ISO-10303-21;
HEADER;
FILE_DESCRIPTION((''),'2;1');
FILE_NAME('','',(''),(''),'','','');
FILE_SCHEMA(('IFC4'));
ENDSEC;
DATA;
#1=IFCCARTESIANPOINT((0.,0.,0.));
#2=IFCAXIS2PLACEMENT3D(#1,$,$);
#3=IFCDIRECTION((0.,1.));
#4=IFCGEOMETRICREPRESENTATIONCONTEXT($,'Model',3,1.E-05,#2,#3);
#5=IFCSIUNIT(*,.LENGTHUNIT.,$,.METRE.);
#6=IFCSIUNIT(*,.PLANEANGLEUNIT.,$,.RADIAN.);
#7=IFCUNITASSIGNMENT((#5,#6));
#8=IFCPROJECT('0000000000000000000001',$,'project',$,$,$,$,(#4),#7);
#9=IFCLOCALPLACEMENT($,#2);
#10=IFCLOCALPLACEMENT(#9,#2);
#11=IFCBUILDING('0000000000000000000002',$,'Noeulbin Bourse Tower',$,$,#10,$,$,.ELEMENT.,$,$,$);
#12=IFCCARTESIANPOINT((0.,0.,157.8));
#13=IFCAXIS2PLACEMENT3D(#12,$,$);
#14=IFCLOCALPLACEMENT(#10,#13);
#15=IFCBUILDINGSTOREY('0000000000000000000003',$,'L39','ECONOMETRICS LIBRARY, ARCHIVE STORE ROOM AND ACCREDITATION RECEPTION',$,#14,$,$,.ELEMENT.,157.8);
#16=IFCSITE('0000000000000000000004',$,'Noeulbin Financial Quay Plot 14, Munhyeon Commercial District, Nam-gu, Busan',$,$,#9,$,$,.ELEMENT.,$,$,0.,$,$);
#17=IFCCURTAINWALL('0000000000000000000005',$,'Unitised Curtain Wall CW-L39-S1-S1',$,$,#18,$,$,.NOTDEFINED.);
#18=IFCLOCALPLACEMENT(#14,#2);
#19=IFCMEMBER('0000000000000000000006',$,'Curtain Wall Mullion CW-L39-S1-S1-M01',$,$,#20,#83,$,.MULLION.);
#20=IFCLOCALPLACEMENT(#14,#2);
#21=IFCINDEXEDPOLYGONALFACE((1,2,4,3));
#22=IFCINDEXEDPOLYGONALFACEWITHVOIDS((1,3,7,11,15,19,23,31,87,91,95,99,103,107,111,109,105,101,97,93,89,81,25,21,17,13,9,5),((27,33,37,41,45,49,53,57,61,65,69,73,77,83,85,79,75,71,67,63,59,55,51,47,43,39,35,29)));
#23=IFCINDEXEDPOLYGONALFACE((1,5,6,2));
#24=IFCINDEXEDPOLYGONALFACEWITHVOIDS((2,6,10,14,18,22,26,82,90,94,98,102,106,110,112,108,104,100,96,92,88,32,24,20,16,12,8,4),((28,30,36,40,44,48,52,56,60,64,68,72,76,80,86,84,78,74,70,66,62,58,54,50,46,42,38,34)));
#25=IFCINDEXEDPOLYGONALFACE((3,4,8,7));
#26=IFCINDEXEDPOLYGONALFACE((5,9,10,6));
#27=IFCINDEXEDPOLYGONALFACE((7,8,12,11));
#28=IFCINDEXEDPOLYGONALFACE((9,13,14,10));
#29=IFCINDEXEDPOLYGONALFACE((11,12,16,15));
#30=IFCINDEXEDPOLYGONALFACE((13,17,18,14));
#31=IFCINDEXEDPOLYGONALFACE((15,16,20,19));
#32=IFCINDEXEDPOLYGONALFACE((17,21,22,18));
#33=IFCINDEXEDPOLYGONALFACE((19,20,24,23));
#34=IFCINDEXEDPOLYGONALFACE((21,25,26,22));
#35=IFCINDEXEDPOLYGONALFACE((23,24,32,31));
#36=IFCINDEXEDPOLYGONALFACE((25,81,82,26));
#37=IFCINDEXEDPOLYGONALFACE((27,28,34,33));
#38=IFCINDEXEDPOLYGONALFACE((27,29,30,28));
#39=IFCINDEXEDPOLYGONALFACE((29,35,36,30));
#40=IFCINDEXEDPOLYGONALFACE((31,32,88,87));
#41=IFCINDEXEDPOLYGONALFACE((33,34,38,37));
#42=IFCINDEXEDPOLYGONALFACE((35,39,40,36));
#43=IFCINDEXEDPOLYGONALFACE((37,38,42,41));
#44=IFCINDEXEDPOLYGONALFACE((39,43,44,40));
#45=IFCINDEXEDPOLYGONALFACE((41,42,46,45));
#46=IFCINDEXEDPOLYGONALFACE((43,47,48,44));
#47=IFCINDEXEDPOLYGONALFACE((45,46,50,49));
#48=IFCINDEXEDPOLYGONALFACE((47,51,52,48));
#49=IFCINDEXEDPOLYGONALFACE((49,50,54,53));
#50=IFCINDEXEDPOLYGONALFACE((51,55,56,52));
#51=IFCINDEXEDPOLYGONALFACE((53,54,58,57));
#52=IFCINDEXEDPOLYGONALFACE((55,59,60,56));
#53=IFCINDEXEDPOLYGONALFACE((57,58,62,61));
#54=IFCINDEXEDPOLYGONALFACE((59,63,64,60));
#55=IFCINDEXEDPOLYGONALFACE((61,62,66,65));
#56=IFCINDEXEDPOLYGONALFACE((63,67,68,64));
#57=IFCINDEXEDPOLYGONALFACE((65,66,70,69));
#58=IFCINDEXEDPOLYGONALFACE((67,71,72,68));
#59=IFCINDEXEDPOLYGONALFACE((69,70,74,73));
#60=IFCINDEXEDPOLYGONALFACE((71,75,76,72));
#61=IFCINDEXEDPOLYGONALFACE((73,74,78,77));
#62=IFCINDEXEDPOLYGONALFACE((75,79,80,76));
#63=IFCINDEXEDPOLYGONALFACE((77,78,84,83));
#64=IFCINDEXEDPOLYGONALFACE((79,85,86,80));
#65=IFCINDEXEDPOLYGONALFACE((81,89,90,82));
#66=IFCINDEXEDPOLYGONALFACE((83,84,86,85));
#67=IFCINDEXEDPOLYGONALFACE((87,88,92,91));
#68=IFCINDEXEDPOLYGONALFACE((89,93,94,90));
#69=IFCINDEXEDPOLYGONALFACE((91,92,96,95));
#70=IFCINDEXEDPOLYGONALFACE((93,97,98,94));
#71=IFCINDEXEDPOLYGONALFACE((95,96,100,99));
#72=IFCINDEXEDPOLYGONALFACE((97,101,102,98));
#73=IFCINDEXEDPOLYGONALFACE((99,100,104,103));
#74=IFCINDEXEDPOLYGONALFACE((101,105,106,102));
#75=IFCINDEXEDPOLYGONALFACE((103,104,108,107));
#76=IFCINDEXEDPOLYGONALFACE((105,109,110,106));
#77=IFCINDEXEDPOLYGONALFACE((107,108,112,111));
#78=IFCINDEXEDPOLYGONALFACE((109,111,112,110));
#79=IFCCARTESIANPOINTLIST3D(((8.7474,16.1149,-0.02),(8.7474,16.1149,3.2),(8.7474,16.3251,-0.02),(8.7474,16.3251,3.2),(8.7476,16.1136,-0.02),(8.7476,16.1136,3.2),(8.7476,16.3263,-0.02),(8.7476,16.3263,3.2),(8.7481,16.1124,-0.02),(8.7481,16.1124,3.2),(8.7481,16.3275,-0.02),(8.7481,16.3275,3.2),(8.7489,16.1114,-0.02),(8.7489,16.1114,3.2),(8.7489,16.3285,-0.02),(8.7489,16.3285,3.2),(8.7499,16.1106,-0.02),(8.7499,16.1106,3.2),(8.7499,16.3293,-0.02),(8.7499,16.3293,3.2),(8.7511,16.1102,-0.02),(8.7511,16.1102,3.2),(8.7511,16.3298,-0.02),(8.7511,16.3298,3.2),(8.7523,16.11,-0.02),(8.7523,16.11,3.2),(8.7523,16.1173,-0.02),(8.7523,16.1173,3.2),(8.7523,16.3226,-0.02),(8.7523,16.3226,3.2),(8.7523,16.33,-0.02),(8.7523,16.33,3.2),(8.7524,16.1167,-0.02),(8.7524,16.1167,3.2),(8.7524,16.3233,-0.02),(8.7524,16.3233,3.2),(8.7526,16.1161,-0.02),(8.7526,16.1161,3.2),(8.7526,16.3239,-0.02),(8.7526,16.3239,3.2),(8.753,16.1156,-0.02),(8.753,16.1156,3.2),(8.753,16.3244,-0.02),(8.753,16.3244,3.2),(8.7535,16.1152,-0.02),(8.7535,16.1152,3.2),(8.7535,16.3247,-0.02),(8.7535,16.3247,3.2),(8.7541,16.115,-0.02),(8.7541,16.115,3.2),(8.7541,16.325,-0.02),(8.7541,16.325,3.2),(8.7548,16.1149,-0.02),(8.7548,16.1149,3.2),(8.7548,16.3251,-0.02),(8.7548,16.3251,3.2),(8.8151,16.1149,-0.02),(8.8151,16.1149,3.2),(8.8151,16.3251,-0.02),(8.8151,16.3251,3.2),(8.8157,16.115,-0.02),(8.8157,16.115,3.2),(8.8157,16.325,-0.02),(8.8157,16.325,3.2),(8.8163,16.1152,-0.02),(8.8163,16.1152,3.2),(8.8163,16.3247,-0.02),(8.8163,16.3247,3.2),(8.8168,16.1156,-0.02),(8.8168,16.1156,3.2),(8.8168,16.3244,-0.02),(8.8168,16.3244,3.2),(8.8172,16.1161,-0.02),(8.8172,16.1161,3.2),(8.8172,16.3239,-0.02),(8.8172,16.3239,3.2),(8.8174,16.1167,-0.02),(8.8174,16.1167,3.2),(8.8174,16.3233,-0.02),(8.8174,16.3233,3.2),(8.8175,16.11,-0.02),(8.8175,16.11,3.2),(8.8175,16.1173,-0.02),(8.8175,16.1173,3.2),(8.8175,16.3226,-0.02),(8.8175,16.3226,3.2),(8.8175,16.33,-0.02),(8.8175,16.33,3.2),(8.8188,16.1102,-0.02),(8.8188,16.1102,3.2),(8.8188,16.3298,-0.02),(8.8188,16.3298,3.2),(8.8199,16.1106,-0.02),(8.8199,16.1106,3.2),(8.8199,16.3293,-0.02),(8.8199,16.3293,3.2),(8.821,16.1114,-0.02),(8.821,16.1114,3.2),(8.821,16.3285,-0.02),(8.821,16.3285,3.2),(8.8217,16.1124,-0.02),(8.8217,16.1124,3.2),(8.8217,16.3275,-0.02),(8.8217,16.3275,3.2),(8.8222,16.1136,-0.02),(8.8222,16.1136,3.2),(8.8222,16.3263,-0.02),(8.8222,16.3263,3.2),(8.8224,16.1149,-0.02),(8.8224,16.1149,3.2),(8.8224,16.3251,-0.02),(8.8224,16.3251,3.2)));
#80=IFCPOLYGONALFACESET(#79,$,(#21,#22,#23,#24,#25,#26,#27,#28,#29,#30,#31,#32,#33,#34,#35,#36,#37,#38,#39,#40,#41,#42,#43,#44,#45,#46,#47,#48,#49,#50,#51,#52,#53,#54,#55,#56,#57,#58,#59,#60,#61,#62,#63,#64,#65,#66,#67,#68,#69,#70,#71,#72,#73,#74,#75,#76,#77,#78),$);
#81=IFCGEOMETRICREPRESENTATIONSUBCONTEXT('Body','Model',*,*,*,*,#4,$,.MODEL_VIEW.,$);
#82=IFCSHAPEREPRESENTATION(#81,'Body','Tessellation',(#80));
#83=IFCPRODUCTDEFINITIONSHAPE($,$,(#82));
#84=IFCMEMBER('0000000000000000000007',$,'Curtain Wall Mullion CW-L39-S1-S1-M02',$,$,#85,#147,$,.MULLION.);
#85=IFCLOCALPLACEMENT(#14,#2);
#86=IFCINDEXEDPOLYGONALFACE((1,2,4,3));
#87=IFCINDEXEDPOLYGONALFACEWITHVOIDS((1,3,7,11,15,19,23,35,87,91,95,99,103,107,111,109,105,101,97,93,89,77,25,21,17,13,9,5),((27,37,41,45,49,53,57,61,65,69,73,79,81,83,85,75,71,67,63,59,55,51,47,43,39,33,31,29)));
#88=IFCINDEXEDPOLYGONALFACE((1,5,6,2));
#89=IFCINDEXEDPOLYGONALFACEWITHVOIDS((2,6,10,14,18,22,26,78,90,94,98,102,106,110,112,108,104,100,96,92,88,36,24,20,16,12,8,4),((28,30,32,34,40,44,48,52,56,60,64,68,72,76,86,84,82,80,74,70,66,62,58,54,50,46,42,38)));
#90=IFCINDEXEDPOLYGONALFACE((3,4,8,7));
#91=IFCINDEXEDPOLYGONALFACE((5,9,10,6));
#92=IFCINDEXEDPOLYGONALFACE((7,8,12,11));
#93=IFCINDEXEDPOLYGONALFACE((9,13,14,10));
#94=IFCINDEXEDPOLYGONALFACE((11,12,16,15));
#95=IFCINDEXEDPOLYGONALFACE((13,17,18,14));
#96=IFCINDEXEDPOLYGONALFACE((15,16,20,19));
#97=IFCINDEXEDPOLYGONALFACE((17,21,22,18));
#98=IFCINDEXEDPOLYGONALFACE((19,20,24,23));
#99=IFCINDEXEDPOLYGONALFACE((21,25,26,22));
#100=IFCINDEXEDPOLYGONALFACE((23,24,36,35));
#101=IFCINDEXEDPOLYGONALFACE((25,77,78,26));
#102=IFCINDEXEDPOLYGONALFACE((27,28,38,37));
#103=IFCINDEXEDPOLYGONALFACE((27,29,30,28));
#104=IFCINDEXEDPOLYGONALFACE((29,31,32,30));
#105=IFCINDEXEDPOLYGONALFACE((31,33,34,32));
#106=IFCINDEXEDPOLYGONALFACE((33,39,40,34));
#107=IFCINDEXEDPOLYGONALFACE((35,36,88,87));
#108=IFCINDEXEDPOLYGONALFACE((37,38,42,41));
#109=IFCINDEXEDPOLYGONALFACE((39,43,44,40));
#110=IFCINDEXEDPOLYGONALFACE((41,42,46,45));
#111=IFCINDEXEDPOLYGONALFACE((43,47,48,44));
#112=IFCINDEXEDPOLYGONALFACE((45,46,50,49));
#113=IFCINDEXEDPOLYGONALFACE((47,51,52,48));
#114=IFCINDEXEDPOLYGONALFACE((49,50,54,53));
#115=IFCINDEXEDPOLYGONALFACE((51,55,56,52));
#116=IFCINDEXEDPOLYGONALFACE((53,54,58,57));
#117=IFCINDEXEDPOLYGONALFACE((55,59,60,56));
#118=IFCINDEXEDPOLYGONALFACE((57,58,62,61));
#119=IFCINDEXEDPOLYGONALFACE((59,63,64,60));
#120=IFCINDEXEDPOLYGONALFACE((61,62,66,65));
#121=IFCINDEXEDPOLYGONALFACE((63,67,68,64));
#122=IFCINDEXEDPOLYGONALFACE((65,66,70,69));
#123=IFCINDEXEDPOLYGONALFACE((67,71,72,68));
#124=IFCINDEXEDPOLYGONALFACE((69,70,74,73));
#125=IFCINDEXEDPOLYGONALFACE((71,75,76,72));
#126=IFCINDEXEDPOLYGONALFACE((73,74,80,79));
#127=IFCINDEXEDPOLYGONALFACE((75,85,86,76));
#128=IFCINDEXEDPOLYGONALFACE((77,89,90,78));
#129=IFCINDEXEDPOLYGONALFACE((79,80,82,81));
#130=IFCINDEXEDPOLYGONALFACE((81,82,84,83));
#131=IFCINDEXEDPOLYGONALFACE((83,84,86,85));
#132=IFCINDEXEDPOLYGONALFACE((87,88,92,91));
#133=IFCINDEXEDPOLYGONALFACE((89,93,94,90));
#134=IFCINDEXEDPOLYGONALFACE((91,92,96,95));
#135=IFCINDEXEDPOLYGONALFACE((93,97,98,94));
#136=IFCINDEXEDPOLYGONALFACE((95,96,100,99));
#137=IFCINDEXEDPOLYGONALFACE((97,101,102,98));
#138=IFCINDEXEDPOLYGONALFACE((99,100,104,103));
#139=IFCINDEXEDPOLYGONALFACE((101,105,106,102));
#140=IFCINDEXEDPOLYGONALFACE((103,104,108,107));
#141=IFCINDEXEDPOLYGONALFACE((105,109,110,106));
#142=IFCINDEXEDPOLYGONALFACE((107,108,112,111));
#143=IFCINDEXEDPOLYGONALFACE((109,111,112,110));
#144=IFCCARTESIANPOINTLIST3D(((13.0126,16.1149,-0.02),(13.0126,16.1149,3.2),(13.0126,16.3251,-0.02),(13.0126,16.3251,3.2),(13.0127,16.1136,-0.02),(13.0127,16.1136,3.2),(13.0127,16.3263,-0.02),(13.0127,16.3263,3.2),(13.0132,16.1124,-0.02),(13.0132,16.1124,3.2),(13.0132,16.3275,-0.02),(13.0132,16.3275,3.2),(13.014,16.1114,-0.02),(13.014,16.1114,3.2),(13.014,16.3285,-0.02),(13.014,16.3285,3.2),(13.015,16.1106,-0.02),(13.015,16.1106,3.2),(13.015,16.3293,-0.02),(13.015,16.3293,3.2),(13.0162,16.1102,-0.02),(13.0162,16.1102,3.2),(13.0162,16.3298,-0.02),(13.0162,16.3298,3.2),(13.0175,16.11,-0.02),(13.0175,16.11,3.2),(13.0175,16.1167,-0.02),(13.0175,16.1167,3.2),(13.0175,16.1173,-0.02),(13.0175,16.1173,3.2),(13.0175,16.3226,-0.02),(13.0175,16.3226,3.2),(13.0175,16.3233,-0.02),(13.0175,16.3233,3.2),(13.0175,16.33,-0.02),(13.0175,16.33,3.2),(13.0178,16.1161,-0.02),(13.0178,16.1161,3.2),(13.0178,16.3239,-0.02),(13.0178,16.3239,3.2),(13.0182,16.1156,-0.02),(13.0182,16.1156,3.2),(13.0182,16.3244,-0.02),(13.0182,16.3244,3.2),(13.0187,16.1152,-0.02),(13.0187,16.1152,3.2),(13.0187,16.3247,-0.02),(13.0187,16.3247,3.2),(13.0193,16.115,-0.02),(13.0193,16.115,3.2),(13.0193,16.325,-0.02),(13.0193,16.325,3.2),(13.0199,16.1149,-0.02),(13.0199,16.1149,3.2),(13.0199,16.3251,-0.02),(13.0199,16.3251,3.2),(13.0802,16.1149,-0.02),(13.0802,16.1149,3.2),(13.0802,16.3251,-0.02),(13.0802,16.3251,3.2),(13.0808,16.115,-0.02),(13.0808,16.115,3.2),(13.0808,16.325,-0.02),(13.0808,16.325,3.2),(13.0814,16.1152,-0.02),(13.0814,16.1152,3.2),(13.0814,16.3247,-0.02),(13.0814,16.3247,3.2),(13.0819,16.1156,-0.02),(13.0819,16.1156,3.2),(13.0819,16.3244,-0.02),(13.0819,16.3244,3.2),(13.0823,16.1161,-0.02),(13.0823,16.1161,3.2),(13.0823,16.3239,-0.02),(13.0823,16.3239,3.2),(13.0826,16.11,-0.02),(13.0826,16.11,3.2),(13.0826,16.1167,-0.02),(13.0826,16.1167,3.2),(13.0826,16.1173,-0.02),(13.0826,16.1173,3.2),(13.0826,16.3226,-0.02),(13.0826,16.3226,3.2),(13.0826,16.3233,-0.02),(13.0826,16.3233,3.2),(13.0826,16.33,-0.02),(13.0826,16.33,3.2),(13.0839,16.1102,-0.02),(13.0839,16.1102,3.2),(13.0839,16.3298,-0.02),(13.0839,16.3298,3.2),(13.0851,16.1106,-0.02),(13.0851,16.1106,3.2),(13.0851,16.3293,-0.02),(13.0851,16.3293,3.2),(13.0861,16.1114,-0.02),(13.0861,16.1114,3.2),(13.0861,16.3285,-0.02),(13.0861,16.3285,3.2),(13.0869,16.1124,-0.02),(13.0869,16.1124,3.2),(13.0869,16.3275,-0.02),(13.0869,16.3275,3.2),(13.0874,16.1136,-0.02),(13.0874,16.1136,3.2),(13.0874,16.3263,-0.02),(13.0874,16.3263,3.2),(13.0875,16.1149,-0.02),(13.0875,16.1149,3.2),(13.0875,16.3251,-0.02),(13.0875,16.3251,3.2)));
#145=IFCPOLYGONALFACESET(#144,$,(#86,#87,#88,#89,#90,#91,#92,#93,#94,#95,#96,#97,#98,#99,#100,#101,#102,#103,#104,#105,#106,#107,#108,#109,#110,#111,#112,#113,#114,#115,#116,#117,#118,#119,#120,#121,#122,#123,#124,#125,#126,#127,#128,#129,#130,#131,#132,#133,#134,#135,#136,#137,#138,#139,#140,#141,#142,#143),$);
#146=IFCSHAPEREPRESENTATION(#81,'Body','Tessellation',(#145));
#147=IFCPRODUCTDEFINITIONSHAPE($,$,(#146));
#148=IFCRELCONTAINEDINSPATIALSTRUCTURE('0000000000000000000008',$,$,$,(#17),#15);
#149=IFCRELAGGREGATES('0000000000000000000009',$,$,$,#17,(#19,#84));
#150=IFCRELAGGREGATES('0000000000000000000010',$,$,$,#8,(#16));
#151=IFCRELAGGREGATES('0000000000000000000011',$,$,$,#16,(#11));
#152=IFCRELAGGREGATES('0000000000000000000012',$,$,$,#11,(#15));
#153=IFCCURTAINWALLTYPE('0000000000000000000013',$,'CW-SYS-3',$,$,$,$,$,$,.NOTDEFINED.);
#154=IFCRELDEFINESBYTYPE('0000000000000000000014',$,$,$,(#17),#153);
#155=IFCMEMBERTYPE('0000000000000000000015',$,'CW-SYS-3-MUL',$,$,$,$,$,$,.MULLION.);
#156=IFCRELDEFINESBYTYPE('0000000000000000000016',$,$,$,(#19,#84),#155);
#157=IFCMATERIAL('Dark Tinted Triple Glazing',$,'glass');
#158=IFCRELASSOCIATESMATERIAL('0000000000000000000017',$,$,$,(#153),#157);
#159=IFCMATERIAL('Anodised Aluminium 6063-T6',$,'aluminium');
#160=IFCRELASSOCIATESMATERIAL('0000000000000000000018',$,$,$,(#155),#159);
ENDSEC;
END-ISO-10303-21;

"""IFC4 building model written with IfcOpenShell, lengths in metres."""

from ifc_helpers import new_model, si_unit, direction, frame, origin, origin_2d, place, context, subcontext, project, spatial, hollow_rectangle, extrude, material, material_profile, profile_set, type_object, element, aggregate, save


model = new_model("IFC4")

# Units and contexts
model_context = context("Model", 3, precision=1e-05, world=origin(), true_north=direction((0.0, 1.0)))
body_context = subcontext(model_context, "Body", "Model", "MODEL_VIEW")
ifc_project = project(units=[si_unit("LENGTHUNIT", "METRE"), si_unit("PLANEANGLEUNIT", "RADIAN")], contexts=[model_context])

# Site, building, storey
site_placement = place(None, origin())
site = spatial("IfcSite", under=ifc_project, at=site_placement, Name="Noeulbin Financial Quay Plot 14, Munhyeon Commercial District, Nam-gu, Busan", CompositionType="ELEMENT", RefElevation=0.0)
building_placement = place(site_placement, origin())
building = spatial("IfcBuilding", under=site, at=building_placement, Name="Noeulbin Bourse Tower", CompositionType="ELEMENT")
storey_placement = place(building_placement, frame((0.0, 0.0, 157.8)))
storey = spatial("IfcBuildingStorey", under=building, at=storey_placement, Name="L39", Description="ECONOMETRICS LIBRARY, ARCHIVE STORE ROOM AND ACCREDITATION RECEPTION", CompositionType="ELEMENT", Elevation=157.8)

# Curtain wall, members
ifc_material_1 = material(Name="Dark Tinted Triple Glazing", Category="glass")
curtain_wall_type = type_object("IfcCurtainWallType", Name="CW-SYS-3", PredefinedType="NOTDEFINED", material=ifc_material_1)
curtain_wall_1_placement = place(storey_placement, origin())
curtain_wall_1 = element("IfcCurtainWall", 1, at=curtain_wall_1_placement, inside=storey, type_object=curtain_wall_type, Name="Unitised Curtain Wall CW-L39-S1-S1", PredefinedType="NOTDEFINED")
ifc_material_2 = material(Name="Anodised Aluminium 6063-T6", Category="aluminium")
ifc_material_profile_1 = material_profile(ifc_material_2, hollow_rectangle(XDim=0.075, YDim=0.22, WallThickness=0.0049, InnerFilletRadius=0.0024, OuterFilletRadius=0.0049, at=origin_2d()), Name="ALU-MULL-75x220x5", Category="LoadBearing")
ifc_profile_set_1 = profile_set([ifc_material_profile_1], Name="Anodised Aluminium 6063-T6")
member_type_1 = type_object("IfcMemberType", Name="CW-SYS-3-MUL", PredefinedType="MULLION", material=ifc_profile_set_1)
member_1_placement = place(storey_placement, frame((8.7849, 16.22, -0.02), z_axis=(0.0, 0.0, 1.0), x_axis=(1.0, 0.0, 0.0)))
member_1 = element("IfcMember", 2, at=member_1_placement, type_object=member_type_1, Name="Curtain Wall Mullion CW-L39-S1-S1-M01", PredefinedType="MULLION", context=body_context, shape_type="SweptSolid", body=[
    extrude(hollow_rectangle(XDim=0.075, YDim=0.22, WallThickness=0.0049, InnerFilletRadius=0.0024, OuterFilletRadius=0.0049, at=origin_2d()), origin(), (0.0, 0.0, 1.0), 3.22),
])
member_2_placement = place(storey_placement, frame((13.05, 16.22, -0.02), z_axis=(0.0, 0.0, 1.0), x_axis=(1.0, 0.0, 0.0)))
member_2 = element("IfcMember", 3, at=member_2_placement, type_object=member_type_1, Name="Curtain Wall Mullion CW-L39-S1-S1-M02", PredefinedType="MULLION", context=body_context, shape_type="SweptSolid", body=[
    extrude(hollow_rectangle(XDim=0.075, YDim=0.22, WallThickness=0.0049, InnerFilletRadius=0.0024, OuterFilletRadius=0.0049, at=origin_2d()), origin(), (0.0, 0.0, 1.0), 3.22),
])

aggregate(curtain_wall_1, [member_1, member_2])

save(model, "model.ifc")
